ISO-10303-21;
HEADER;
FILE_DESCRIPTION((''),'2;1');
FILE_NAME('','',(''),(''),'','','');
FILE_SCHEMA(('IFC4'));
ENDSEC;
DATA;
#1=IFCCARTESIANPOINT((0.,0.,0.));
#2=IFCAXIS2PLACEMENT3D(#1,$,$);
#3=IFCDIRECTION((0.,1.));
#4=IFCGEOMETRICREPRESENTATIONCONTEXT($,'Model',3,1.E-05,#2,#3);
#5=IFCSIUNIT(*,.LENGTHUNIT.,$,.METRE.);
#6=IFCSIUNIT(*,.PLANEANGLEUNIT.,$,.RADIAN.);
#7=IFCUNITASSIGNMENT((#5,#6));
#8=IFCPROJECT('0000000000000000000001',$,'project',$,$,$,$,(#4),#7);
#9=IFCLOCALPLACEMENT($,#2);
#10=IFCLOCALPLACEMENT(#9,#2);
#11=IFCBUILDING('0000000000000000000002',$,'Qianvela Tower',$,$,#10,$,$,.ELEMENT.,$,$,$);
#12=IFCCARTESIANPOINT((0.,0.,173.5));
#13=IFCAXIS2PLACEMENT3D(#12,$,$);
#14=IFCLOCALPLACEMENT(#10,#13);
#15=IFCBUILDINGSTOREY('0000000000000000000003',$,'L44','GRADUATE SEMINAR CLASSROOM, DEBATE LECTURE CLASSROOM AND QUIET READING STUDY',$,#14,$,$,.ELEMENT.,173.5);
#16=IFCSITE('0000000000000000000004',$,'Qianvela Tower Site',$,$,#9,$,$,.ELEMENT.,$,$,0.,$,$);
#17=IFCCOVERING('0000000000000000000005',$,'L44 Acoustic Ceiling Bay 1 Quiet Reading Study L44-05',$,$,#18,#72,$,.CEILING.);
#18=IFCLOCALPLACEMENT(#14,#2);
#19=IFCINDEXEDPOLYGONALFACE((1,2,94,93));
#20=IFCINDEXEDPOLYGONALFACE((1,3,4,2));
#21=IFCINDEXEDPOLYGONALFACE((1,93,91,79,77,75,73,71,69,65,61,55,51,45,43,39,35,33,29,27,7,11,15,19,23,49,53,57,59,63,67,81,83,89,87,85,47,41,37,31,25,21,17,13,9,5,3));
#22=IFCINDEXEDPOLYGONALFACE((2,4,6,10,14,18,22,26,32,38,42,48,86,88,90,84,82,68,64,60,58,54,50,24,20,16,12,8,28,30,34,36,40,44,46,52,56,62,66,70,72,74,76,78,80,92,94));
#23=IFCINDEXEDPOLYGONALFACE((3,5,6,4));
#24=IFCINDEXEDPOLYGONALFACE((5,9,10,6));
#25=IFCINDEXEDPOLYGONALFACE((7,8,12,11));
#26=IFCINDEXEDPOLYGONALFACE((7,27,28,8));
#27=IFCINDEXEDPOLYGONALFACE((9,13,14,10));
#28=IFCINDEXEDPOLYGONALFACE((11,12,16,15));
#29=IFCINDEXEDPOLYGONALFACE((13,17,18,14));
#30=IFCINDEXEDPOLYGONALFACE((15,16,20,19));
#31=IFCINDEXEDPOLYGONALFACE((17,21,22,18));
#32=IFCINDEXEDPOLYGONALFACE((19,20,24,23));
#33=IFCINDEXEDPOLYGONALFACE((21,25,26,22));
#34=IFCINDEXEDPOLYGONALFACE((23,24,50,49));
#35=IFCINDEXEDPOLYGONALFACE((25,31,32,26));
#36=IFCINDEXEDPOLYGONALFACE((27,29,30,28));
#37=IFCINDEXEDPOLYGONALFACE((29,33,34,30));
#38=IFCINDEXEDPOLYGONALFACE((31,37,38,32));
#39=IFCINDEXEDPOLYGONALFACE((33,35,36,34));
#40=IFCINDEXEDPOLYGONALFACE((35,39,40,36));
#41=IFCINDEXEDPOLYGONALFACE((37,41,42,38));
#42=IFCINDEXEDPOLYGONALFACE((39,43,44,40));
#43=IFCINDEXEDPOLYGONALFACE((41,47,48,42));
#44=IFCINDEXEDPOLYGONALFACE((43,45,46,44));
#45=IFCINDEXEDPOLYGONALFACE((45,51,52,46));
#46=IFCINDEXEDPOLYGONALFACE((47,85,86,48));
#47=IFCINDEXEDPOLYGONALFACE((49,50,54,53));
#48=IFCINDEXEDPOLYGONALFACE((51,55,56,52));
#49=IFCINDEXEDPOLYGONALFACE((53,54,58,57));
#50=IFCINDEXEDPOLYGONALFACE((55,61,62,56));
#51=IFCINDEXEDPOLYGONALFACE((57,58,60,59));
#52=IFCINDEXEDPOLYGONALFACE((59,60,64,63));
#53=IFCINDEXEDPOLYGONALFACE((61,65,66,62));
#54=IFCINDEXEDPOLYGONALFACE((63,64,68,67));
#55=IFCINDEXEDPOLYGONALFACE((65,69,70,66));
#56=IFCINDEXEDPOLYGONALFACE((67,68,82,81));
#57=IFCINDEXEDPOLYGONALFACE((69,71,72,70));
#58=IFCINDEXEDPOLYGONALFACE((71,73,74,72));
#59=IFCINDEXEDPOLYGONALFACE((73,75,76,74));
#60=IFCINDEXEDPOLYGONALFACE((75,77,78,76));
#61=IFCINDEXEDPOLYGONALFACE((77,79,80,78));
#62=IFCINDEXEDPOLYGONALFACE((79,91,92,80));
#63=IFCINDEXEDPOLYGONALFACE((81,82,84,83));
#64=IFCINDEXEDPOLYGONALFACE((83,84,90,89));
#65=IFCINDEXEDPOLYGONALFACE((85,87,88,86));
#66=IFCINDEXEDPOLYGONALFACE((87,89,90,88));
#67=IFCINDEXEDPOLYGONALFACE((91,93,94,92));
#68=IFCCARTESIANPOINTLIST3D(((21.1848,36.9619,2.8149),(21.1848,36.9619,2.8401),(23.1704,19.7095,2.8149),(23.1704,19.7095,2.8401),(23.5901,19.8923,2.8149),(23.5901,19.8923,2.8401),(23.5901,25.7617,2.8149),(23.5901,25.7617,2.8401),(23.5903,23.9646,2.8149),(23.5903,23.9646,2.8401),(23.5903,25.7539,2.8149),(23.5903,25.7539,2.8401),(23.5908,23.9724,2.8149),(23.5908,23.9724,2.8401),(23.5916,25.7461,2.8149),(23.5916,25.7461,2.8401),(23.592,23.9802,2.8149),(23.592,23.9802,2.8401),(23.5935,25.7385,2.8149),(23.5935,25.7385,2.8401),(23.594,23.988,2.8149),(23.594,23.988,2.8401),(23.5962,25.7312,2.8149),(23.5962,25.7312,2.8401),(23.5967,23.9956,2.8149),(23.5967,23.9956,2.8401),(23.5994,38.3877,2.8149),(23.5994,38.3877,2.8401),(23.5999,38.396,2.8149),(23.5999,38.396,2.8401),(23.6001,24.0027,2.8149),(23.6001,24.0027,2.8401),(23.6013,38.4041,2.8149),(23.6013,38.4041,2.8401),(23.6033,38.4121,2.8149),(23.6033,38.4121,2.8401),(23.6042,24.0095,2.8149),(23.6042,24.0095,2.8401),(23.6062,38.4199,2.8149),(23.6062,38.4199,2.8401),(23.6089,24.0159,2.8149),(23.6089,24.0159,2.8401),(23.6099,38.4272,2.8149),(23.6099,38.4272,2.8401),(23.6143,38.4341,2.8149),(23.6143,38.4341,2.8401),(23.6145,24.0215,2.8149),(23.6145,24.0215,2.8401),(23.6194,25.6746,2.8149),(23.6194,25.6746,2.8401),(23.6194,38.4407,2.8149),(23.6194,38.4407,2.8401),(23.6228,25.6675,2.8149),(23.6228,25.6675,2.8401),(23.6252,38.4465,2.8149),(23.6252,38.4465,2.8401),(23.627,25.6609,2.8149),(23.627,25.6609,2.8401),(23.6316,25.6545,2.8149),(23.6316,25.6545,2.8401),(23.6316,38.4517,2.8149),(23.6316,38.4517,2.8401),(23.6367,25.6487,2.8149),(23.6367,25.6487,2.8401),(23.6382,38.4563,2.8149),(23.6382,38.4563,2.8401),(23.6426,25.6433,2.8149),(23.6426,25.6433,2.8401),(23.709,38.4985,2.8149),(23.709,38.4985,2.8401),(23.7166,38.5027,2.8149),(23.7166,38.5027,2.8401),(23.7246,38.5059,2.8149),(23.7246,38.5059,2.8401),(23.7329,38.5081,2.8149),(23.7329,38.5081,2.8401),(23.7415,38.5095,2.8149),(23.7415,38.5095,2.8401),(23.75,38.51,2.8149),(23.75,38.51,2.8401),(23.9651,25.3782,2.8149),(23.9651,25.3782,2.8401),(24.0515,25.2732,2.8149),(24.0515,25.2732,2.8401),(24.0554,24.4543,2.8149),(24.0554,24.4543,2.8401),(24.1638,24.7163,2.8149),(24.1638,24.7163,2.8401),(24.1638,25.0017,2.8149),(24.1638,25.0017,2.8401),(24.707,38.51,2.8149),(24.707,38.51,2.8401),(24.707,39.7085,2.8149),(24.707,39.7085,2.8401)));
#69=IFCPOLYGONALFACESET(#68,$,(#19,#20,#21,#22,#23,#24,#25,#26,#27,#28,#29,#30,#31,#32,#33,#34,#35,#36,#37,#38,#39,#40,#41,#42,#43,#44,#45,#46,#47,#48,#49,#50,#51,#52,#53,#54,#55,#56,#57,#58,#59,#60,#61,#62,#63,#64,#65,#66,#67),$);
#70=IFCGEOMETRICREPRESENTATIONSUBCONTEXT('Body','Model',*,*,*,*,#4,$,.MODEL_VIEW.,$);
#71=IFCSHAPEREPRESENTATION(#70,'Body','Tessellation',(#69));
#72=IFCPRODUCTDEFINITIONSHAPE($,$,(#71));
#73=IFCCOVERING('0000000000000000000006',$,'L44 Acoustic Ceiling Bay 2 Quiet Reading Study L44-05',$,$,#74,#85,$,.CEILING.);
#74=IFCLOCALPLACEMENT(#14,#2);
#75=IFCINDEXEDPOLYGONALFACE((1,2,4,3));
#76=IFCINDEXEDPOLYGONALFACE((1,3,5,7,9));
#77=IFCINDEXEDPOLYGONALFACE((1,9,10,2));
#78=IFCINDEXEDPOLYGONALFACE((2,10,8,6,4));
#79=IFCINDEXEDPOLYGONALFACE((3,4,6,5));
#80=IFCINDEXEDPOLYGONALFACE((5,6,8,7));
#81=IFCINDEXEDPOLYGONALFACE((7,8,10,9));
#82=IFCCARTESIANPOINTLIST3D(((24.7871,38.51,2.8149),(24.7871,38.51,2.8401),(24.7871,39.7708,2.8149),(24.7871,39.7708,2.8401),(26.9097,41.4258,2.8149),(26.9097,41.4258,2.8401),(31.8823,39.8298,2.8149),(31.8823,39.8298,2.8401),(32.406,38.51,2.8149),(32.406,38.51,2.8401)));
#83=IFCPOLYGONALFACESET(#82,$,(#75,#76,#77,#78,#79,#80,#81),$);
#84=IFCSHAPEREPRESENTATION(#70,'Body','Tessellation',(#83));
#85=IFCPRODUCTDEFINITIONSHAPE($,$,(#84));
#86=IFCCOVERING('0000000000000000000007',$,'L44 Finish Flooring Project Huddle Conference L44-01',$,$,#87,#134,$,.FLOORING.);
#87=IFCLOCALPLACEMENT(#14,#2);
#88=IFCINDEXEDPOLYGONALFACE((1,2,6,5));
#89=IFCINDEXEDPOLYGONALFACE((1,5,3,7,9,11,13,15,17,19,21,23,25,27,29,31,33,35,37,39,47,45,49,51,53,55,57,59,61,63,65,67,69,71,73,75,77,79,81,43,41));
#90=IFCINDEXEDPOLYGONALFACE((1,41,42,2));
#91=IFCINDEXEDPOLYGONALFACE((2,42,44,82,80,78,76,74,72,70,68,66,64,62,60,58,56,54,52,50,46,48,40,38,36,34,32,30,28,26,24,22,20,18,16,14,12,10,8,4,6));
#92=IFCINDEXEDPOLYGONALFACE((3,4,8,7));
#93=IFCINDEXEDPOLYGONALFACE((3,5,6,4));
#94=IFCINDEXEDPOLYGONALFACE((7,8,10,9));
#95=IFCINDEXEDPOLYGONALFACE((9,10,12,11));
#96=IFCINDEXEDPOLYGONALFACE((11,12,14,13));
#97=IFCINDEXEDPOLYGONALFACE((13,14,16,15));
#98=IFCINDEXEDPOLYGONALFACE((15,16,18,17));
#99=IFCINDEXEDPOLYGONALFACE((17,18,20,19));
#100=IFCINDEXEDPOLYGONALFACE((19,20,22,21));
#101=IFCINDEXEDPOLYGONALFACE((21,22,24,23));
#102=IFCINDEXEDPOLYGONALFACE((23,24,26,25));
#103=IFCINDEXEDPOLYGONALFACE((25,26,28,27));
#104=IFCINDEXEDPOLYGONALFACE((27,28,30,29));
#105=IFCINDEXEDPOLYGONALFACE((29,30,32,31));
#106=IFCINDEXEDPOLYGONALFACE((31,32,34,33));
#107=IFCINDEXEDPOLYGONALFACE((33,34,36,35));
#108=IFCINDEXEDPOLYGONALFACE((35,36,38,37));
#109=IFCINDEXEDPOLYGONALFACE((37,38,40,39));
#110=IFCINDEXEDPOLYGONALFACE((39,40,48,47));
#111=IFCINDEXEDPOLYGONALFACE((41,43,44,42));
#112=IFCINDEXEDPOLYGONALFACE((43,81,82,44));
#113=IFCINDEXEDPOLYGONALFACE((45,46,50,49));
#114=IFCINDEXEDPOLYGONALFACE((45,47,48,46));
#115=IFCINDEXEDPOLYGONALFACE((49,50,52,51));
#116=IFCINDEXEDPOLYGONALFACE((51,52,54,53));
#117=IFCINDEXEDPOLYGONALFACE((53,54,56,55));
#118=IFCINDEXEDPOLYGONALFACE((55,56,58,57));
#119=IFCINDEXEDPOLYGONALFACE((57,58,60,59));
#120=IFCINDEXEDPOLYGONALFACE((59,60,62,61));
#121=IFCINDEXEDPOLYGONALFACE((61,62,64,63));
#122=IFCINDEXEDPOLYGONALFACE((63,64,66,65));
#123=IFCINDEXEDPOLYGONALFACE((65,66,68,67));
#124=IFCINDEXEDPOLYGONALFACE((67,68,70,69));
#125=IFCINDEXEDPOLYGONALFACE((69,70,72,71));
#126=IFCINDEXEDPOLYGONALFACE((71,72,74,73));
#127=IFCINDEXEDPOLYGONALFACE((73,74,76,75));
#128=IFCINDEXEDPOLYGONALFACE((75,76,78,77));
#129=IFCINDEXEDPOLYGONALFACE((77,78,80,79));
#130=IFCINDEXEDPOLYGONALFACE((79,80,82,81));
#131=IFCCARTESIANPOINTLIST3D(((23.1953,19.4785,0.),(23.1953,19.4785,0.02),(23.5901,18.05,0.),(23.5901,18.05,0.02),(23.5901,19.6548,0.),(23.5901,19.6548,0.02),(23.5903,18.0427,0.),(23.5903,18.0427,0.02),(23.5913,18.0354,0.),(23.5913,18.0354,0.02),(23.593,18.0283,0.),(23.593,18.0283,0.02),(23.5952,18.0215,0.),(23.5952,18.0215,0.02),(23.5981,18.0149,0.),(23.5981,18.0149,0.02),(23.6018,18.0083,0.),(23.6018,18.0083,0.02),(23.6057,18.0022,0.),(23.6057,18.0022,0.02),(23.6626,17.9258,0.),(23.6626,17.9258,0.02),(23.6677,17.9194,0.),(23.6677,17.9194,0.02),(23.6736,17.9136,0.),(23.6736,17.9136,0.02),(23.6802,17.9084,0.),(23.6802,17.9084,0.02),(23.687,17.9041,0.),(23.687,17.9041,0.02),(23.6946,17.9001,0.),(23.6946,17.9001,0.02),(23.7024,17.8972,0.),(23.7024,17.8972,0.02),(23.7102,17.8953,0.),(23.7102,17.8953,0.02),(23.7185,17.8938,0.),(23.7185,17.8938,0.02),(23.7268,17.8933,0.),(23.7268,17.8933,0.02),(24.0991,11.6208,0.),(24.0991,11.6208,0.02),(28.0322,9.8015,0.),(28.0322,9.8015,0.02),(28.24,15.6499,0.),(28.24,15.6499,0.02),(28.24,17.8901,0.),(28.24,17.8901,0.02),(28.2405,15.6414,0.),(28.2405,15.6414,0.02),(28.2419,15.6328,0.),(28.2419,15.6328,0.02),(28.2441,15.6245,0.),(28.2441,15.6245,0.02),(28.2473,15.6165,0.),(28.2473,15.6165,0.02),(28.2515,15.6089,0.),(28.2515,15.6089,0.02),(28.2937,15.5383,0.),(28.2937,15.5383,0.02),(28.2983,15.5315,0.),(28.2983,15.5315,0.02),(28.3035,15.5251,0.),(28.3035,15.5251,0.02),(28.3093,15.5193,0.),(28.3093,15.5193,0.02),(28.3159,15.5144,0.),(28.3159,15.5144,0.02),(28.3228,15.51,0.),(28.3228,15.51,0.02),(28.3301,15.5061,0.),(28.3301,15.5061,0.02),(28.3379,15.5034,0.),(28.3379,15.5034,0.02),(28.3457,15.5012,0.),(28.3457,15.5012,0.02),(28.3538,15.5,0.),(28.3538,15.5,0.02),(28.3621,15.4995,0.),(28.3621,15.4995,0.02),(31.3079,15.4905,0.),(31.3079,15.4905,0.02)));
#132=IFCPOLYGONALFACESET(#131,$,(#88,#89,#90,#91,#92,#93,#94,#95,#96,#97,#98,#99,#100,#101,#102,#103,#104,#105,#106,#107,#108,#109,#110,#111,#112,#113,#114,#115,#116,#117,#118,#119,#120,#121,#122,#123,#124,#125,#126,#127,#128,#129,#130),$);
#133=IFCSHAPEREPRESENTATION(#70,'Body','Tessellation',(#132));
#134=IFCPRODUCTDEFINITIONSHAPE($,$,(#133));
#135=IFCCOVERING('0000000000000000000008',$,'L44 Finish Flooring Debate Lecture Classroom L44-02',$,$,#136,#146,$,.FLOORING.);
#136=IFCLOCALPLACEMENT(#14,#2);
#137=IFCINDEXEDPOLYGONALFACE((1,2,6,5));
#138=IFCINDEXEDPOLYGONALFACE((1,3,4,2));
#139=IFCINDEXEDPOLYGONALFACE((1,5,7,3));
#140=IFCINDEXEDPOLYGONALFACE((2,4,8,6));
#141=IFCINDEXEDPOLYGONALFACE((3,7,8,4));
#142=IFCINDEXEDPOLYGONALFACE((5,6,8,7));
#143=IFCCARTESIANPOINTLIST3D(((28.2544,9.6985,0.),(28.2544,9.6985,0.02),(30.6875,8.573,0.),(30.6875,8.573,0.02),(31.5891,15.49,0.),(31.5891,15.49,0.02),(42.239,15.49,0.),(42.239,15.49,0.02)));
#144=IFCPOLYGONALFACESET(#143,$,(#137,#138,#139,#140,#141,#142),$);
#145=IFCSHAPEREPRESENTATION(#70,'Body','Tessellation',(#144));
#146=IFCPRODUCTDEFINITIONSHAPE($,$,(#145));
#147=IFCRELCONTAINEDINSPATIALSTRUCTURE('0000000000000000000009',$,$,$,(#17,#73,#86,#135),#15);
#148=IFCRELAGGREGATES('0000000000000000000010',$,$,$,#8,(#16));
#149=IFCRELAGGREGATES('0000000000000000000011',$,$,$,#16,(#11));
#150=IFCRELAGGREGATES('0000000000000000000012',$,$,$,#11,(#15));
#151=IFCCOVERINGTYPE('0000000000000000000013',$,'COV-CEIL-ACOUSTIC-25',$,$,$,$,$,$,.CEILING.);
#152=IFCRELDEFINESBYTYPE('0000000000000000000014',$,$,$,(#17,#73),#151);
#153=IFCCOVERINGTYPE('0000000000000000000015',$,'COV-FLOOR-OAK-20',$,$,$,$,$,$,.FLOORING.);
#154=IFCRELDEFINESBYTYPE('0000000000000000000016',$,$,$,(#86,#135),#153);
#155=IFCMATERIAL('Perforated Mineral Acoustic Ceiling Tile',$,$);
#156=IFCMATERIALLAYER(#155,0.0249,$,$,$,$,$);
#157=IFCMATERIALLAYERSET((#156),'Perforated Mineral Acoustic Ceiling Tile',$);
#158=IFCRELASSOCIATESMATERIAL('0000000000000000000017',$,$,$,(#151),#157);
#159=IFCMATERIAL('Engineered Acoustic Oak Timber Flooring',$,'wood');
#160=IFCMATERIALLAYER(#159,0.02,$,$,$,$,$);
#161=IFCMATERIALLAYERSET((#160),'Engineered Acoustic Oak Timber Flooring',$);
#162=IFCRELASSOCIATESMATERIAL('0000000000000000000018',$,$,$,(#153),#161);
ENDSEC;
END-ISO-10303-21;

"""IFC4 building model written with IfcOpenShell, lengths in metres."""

from ifc_helpers import new_model, si_unit, direction, frame, origin, place, context, subcontext, project, spatial, polyline, outline, extrude, material, layer, layer_set, type_object, element, save


model = new_model("IFC4")

# Units and contexts
model_context = context("Model", 3, precision=1e-05, world=origin(), true_north=direction((0.0, 1.0)))
body_context = subcontext(model_context, "Body", "Model", "MODEL_VIEW")
ifc_project = project(units=[si_unit("LENGTHUNIT", "METRE"), si_unit("PLANEANGLEUNIT", "RADIAN")], contexts=[model_context])

# Site, building, storey
site_placement = place(None, origin())
site = spatial("IfcSite", under=ifc_project, at=site_placement, Name="Qianvela Tower Site", CompositionType="ELEMENT", RefElevation=0.0)
building_placement = place(site_placement, origin())
building = spatial("IfcBuilding", under=site, at=building_placement, Name="Qianvela Tower", CompositionType="ELEMENT")
storey_placement = place(building_placement, frame((0.0, 0.0, 173.5)))
storey = spatial("IfcBuildingStorey", under=building, at=storey_placement, Name="L44", Description="GRADUATE SEMINAR CLASSROOM, DEBATE LECTURE CLASSROOM AND QUIET READING STUDY", CompositionType="ELEMENT", Elevation=173.5)

# Coverings
ifc_material_1 = material(Name="Perforated Mineral Acoustic Ceiling Tile")
ifc_layer_1 = layer(ifc_material_1, 0.0249)
ifc_layer_set_1 = layer_set([ifc_layer_1], Name="Perforated Mineral Acoustic Ceiling Tile")
covering_type_1 = type_object("IfcCoveringType", Name="COV-CEIL-ACOUSTIC-25", PredefinedType="CEILING", material=ifc_layer_set_1)
covering_1_placement = place(storey_placement, frame((0.0, 0.0, 2.8149)))
element("IfcCovering", 1, at=covering_1_placement, inside=storey, type_object=covering_type_1, Name="L44 Acoustic Ceiling Bay 1 Quiet Reading Study L44-05", PredefinedType="CEILING", context=body_context, shape_type="SweptSolid", body=[
    extrude(outline(polyline([(23.75, 38.51), (23.7415, 38.5095), (23.7329, 38.5081), (23.7246, 38.5059), (23.7166, 38.5027), (23.709, 38.4985), (23.6382, 38.4563), (23.6316, 38.4517), (23.6252, 38.4465), (23.6194, 38.4407), (23.6143, 38.4341), (23.6099, 38.4272), (23.6062, 38.4199), (23.6033, 38.4121), (23.6013, 38.4041), (23.5999, 38.396), (23.5994, 38.3877), (23.5901, 25.7617), (23.5903, 25.7539), (23.5916, 25.7461), (23.5935, 25.7385), (23.5962, 25.7312), (23.6194, 25.6746), (23.6228, 25.6675), (23.627, 25.6609), (23.6316, 25.6545), (23.6367, 25.6487), (23.6426, 25.6433), (23.9651, 25.3782), (24.0515, 25.2732), (24.1638, 25.0017), (24.1638, 24.7163), (24.0554, 24.4543), (23.6145, 24.0215), (23.6089, 24.0159), (23.6042, 24.0095), (23.6001, 24.0027), (23.5967, 23.9956), (23.594, 23.988), (23.592, 23.9802), (23.5908, 23.9724), (23.5903, 23.9646), (23.5901, 19.8923), (23.1704, 19.7095), (21.1848, 36.9619), (24.707, 39.7085), (24.707, 38.51), (23.75, 38.51)])), origin(), (0.0, 0.0, 1.0), 0.0251),
])
covering_2_placement = place(storey_placement, frame((0.0, 0.0, 2.8149)))
element("IfcCovering", 2, at=covering_2_placement, inside=storey, type_object=covering_type_1, Name="L44 Acoustic Ceiling Bay 2 Quiet Reading Study L44-05", PredefinedType="CEILING", context=body_context, shape_type="SweptSolid", body=[
    extrude(outline(polyline([(31.8823, 39.8298), (32.406, 38.51), (24.7871, 38.51), (24.7871, 39.7708), (26.9097, 41.4258), (31.8823, 39.8298)])), origin(), (0.0, 0.0, 1.0), 0.0251),
])
ifc_material_2 = material(Name="Engineered Acoustic Oak Timber Flooring", Category="wood")
ifc_layer_2 = layer(ifc_material_2, 0.02)
ifc_layer_set_2 = layer_set([ifc_layer_2], Name="Engineered Acoustic Oak Timber Flooring")
covering_type_2 = type_object("IfcCoveringType", Name="COV-FLOOR-OAK-20", PredefinedType="FLOORING", material=ifc_layer_set_2)
covering_3_placement = place(storey_placement, origin())
element("IfcCovering", 3, at=covering_3_placement, inside=storey, type_object=covering_type_2, Name="L44 Finish Flooring Project Huddle Conference L44-01", PredefinedType="FLOORING", context=body_context, shape_type="SweptSolid", body=[
    extrude(outline(polyline([(23.1953, 19.4785), (23.5901, 19.6548), (23.5901, 18.05), (23.5903, 18.0427), (23.5913, 18.0354), (23.593, 18.0283), (23.5952, 18.0215), (23.5981, 18.0149), (23.6018, 18.0083), (23.6057, 18.0022), (23.6626, 17.9258), (23.6677, 17.9194), (23.6736, 17.9136), (23.6802, 17.9084), (23.687, 17.9041), (23.6946, 17.9001), (23.7024, 17.8972), (23.7102, 17.8953), (23.7185, 17.8938), (23.7268, 17.8933), (28.24, 17.8901), (28.24, 15.6499), (28.2405, 15.6414), (28.2419, 15.6328), (28.2441, 15.6245), (28.2473, 15.6165), (28.2515, 15.6089), (28.2937, 15.5383), (28.2983, 15.5315), (28.3035, 15.5251), (28.3093, 15.5193), (28.3159, 15.5144), (28.3228, 15.51), (28.3301, 15.5061), (28.3379, 15.5034), (28.3457, 15.5012), (28.3538, 15.5), (28.3621, 15.4995), (31.3079, 15.4905), (28.0322, 9.8015), (24.0991, 11.6208), (23.1953, 19.4785)])), origin(), (0.0, 0.0, 1.0), 0.02),
])
covering_4_placement = place(storey_placement, origin())
element("IfcCovering", 4, at=covering_4_placement, inside=storey, type_object=covering_type_2, Name="L44 Finish Flooring Debate Lecture Classroom L44-02", PredefinedType="FLOORING", context=body_context, shape_type="SweptSolid", body=[
    extrude(outline(polyline([(31.5891, 15.49), (42.239, 15.49), (30.6875, 8.573), (28.2544, 9.6985), (31.5891, 15.49)])), origin(), (0.0, 0.0, 1.0), 0.02),
])

save(model, "model.ifc")
